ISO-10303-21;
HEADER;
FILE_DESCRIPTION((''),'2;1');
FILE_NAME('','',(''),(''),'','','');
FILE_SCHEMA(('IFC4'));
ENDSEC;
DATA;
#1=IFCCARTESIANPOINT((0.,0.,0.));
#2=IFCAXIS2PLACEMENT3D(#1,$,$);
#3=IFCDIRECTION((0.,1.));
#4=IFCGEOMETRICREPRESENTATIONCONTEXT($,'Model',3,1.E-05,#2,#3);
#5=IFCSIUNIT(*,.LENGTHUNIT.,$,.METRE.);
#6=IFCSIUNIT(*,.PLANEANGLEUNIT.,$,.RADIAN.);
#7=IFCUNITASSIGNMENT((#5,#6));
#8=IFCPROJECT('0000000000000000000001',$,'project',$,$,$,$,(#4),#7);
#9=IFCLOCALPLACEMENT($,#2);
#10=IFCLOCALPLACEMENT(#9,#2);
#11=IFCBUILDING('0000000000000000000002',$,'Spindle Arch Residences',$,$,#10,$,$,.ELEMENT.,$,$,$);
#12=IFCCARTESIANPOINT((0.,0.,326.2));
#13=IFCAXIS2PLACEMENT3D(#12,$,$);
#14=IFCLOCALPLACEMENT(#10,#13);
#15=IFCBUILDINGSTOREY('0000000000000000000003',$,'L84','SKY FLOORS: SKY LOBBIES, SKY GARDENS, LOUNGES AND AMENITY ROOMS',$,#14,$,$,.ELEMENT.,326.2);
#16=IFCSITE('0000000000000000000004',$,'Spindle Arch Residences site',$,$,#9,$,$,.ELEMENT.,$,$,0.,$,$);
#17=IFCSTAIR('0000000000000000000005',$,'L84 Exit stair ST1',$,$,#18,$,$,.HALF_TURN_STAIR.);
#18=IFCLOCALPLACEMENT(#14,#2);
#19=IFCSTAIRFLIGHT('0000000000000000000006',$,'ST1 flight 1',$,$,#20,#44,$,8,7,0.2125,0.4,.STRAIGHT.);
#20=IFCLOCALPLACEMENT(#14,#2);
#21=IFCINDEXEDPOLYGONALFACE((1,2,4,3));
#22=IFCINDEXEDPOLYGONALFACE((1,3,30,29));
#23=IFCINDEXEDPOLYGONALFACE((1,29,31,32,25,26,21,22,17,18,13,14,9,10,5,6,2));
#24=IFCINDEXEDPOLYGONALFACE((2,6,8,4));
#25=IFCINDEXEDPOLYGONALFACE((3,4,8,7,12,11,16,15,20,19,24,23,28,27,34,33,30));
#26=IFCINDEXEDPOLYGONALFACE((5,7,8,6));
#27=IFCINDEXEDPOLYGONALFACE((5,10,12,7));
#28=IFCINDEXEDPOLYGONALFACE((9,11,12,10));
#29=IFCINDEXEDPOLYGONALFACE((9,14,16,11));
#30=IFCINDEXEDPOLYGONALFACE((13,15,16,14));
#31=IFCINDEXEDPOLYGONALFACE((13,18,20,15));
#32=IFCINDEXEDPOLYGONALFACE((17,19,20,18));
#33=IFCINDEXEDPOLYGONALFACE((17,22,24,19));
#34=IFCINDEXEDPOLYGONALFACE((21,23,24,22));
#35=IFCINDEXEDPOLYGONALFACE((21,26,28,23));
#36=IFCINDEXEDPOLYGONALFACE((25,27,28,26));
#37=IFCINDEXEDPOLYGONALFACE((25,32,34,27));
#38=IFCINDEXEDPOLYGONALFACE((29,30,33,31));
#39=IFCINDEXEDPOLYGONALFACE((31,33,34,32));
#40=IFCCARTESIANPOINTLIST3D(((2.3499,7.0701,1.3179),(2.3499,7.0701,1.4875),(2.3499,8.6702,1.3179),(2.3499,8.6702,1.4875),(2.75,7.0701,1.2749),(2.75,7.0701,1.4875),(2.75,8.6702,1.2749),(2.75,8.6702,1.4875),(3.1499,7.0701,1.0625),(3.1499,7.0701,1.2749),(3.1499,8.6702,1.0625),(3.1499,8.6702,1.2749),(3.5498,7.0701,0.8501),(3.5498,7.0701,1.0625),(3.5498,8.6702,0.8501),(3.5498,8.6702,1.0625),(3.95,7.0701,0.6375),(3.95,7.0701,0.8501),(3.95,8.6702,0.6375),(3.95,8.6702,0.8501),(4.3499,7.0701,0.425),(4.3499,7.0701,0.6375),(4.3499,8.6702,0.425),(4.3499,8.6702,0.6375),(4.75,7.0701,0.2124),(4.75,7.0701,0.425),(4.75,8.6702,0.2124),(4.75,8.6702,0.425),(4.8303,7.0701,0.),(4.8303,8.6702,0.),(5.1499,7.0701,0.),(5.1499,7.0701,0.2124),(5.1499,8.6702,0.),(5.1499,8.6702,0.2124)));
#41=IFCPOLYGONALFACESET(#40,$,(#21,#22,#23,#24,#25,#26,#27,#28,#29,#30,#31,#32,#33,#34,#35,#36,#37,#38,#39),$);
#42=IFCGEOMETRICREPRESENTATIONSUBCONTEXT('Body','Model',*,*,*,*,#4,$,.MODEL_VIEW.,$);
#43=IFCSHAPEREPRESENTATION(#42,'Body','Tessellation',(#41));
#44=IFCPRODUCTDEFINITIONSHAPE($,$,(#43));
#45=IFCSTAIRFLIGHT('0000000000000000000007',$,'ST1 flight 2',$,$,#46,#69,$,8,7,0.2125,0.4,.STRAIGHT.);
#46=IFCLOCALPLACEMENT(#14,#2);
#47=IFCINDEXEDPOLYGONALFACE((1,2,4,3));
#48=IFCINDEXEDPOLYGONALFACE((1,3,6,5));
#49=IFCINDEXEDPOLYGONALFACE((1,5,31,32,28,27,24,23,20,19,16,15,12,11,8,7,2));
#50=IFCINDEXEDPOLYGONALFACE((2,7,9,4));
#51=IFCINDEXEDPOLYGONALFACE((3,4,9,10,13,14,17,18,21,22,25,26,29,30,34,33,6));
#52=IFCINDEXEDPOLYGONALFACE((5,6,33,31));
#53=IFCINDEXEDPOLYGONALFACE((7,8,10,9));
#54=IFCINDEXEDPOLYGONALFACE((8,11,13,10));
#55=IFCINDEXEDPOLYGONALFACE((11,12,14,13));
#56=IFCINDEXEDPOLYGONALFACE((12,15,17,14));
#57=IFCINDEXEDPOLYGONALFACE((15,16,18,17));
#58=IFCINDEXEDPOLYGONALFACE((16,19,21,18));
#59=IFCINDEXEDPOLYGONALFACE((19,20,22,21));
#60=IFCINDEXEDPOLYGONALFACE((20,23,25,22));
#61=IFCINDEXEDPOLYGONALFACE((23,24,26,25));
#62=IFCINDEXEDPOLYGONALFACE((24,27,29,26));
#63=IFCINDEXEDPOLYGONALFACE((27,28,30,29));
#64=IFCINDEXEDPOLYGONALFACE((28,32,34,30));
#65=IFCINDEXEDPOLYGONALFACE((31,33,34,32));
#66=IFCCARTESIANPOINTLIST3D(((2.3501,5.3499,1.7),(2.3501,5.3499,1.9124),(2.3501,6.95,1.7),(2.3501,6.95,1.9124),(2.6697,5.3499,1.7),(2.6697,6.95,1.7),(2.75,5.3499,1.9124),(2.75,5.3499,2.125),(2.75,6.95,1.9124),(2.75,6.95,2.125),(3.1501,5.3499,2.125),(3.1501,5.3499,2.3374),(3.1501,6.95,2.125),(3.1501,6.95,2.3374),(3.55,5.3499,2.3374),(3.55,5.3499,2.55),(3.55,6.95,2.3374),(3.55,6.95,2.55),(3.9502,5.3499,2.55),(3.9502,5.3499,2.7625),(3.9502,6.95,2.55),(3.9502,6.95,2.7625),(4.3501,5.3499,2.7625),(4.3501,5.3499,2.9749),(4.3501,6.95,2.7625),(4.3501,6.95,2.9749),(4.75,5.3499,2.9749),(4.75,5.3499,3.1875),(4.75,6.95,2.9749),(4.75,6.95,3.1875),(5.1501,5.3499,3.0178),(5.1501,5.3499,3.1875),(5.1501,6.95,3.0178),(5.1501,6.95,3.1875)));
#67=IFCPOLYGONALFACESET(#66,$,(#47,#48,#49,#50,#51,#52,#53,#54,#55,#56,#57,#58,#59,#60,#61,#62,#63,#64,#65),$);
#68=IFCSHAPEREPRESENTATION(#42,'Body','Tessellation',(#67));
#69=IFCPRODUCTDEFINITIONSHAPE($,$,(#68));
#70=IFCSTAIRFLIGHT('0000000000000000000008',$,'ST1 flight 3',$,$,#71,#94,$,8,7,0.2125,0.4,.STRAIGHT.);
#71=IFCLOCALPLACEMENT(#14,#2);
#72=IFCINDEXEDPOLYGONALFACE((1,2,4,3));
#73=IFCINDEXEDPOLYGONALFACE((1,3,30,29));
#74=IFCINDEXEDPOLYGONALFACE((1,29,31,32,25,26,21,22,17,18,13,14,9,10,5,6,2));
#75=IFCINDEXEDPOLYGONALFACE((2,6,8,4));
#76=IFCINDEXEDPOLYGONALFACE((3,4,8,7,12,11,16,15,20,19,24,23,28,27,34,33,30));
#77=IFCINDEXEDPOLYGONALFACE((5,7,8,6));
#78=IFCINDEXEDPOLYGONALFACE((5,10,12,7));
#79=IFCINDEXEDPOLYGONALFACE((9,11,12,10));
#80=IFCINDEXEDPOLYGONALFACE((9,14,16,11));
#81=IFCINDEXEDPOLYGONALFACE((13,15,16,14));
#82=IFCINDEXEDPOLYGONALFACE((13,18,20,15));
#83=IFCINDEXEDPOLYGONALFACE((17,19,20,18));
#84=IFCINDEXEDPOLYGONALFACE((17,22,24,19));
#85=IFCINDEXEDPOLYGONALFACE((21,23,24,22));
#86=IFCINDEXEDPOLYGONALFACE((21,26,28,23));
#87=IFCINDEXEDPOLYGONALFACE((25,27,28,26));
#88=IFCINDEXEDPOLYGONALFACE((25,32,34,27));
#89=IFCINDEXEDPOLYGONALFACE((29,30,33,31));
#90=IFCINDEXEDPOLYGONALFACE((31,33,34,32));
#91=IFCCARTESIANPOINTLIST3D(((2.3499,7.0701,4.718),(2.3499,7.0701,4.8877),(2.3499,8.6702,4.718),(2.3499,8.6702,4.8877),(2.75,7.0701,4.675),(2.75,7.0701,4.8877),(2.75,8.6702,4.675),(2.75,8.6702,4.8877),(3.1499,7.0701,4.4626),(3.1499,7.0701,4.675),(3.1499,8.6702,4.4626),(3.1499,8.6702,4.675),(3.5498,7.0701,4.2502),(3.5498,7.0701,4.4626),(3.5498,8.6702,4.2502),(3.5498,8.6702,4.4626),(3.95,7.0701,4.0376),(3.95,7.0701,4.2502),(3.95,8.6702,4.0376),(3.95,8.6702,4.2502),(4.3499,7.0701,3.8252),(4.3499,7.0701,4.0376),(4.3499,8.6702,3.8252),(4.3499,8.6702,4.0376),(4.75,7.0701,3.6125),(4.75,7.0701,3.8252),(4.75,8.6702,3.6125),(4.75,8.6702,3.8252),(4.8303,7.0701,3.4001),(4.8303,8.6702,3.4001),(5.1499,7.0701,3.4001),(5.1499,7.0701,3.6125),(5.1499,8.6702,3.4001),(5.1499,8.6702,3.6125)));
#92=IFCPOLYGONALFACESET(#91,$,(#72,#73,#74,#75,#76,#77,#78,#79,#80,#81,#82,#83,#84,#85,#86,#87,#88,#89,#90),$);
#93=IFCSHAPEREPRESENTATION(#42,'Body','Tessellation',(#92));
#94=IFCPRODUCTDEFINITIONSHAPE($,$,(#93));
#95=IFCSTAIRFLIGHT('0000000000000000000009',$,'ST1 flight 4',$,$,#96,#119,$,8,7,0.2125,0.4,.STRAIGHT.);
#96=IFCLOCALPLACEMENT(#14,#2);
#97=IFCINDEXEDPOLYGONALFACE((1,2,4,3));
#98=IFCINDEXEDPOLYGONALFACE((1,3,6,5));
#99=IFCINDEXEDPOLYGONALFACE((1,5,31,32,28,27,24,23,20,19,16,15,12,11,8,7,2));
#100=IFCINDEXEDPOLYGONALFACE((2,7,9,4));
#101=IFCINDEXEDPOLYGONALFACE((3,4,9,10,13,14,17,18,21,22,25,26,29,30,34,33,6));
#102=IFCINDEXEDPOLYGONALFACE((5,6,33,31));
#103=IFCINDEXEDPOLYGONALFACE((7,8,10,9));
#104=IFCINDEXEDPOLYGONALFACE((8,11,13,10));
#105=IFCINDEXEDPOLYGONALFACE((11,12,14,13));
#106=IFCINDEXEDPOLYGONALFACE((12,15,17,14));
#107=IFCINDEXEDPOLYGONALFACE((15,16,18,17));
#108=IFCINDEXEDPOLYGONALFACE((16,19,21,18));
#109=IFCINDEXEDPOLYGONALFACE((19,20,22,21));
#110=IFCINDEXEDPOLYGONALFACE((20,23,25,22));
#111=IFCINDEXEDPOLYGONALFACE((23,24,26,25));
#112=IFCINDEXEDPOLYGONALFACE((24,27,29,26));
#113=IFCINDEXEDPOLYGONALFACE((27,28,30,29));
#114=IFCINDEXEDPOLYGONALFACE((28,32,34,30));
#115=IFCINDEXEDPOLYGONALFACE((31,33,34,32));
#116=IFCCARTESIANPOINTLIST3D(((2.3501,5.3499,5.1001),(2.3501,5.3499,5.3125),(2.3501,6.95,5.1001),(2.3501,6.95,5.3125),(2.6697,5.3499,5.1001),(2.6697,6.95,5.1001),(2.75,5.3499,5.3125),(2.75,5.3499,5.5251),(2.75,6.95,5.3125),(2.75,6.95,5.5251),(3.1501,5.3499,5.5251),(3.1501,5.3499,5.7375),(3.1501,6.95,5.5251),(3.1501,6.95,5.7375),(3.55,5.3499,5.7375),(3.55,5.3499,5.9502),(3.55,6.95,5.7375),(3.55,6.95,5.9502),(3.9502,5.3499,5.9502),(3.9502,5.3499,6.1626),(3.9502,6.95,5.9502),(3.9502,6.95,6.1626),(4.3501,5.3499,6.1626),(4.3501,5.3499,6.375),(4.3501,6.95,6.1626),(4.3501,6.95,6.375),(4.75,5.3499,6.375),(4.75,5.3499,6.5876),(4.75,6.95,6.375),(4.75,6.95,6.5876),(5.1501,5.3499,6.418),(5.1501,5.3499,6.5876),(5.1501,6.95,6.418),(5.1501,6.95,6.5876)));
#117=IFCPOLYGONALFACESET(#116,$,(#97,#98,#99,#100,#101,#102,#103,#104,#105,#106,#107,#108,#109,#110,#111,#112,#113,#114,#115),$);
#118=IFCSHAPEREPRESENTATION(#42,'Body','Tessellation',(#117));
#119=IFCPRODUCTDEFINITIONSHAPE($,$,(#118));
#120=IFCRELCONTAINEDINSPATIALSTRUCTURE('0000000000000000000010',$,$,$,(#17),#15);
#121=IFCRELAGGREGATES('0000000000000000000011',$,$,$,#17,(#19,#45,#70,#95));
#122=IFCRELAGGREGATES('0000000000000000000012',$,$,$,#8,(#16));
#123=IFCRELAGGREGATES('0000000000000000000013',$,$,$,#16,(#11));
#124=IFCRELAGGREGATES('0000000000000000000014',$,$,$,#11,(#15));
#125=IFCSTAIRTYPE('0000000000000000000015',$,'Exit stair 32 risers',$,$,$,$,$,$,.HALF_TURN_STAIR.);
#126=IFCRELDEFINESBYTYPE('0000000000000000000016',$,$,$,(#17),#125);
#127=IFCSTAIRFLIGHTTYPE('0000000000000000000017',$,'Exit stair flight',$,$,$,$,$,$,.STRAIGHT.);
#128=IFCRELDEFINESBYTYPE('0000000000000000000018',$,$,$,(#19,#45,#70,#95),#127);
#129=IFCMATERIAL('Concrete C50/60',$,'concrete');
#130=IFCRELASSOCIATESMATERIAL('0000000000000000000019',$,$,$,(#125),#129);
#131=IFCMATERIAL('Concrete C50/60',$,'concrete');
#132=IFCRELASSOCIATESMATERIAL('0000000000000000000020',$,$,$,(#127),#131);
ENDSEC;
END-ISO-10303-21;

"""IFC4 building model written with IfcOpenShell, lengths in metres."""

from ifc_helpers import new_model, si_unit, direction, frame, origin, place, context, subcontext, project, spatial, polyline, outline, extrude, material, type_object, element, aggregate, save


model = new_model("IFC4")

# Units and contexts
model_context = context("Model", 3, precision=1e-05, world=origin(), true_north=direction((0.0, 1.0)))
body_context = subcontext(model_context, "Body", "Model", "MODEL_VIEW")
ifc_project = project(units=[si_unit("LENGTHUNIT", "METRE"), si_unit("PLANEANGLEUNIT", "RADIAN")], contexts=[model_context])

# Site, building, storey
site_placement = place(None, origin())
site = spatial("IfcSite", under=ifc_project, at=site_placement, Name="Spindle Arch Residences site", CompositionType="ELEMENT", RefElevation=0.0)
building_placement = place(site_placement, origin())
building = spatial("IfcBuilding", under=site, at=building_placement, Name="Spindle Arch Residences", CompositionType="ELEMENT")
storey_placement = place(building_placement, frame((0.0, 0.0, 326.2)))
storey = spatial("IfcBuildingStorey", under=building, at=storey_placement, Name="L84", Description="SKY FLOORS: SKY LOBBIES, SKY GARDENS, LOUNGES AND AMENITY ROOMS", CompositionType="ELEMENT", Elevation=326.2)

# Stair, stair flights
ifc_material_1 = material(Name="Concrete C50/60", Category="concrete")
stair_type = type_object("IfcStairType", Name="Exit stair 32 risers", PredefinedType="HALF_TURN_STAIR", material=ifc_material_1)
stair_placement = place(storey_placement, origin())
stair = element("IfcStair", 1, at=stair_placement, inside=storey, type_object=stair_type, Name="L84 Exit stair ST1", PredefinedType="HALF_TURN_STAIR")
ifc_material_2 = material(Name="Concrete C50/60", Category="concrete")
stair_flight_type = type_object("IfcStairFlightType", Name="Exit stair flight", PredefinedType="STRAIGHT", material=ifc_material_2)
stair_flight_1_placement = place(storey_placement, frame((5.1499, 7.8701, 0.0), z_axis=(0.0, 0.0, 1.0), x_axis=(-1.0, 0.0, 0.0)))
stair_flight_1 = element("IfcStairFlight", 2, at=stair_flight_1_placement, type_object=stair_flight_type, Name="ST1 flight 1", NumberOfRisers=8, NumberOfTreads=7, PredefinedType="STRAIGHT", RiserHeight=0.2125, TreadLength=0.4, context=body_context, shape_type="SweptSolid", body=[
    extrude(outline(polyline([(0.0, 0.0), (0.0, 0.2124), (0.3999, 0.2124), (0.3999, 0.425), (0.8, 0.425), (0.8, 0.6375), (1.2, 0.6375), (1.2, 0.8501), (1.6001, 0.8501), (1.6001, 1.0625), (2.0, 1.0625), (2.0, 1.2749), (2.3999, 1.2749), (2.3999, 1.4875), (2.8, 1.4875), (2.8, 1.7), (2.8, 1.3179), (0.3196, 0.0), (0.0, 0.0)])), frame((0.0, 0.8, 0.0), z_axis=(0.0, -1.0, 0.0), x_axis=(1.0, 0.0, 0.0)), (0.0, 0.0, 1.0), 1.6001),
])
stair_flight_2_placement = place(storey_placement, frame((2.3501, 6.1499, 1.7), z_axis=(0.0, 0.0, 1.0), x_axis=(1.0, 0.0, 0.0)))
stair_flight_2 = element("IfcStairFlight", 3, at=stair_flight_2_placement, type_object=stair_flight_type, Name="ST1 flight 2", NumberOfRisers=8, NumberOfTreads=7, PredefinedType="STRAIGHT", RiserHeight=0.2125, TreadLength=0.4, context=body_context, shape_type="SweptSolid", body=[
    extrude(outline(polyline([(0.0, 0.0), (0.0, 0.2124), (0.3999, 0.2124), (0.3999, 0.425), (0.8, 0.425), (0.8, 0.6375), (1.2, 0.6375), (1.2, 0.8501), (1.6001, 0.8501), (1.6001, 1.0625), (2.0, 1.0625), (2.0, 1.2749), (2.3999, 1.2749), (2.3999, 1.4875), (2.8, 1.4875), (2.8, 1.7), (2.8, 1.3179), (0.3196, 0.0), (0.0, 0.0)])), frame((0.0, 0.8, 0.0), z_axis=(0.0, -1.0, 0.0), x_axis=(1.0, 0.0, 0.0)), (0.0, 0.0, 1.0), 1.6001),
])
stair_flight_3_placement = place(storey_placement, frame((5.1499, 7.8701, 3.4001), z_axis=(0.0, 0.0, 1.0), x_axis=(-1.0, 0.0, 0.0)))
stair_flight_3 = element("IfcStairFlight", 4, at=stair_flight_3_placement, type_object=stair_flight_type, Name="ST1 flight 3", NumberOfRisers=8, NumberOfTreads=7, PredefinedType="STRAIGHT", RiserHeight=0.2125, TreadLength=0.4, context=body_context, shape_type="SweptSolid", body=[
    extrude(outline(polyline([(0.0, 0.0), (0.0, 0.2124), (0.3999, 0.2124), (0.3999, 0.425), (0.8, 0.425), (0.8, 0.6375), (1.2, 0.6375), (1.2, 0.8501), (1.6001, 0.8501), (1.6001, 1.0625), (2.0, 1.0625), (2.0, 1.2749), (2.3999, 1.2749), (2.3999, 1.4875), (2.8, 1.4875), (2.8, 1.7), (2.8, 1.3179), (0.3196, 0.0), (0.0, 0.0)])), frame((0.0, 0.8, 0.0), z_axis=(0.0, -1.0, 0.0), x_axis=(1.0, 0.0, 0.0)), (0.0, 0.0, 1.0), 1.6001),
])
stair_flight_4_placement = place(storey_placement, frame((2.3501, 6.1499, 5.1001), z_axis=(0.0, 0.0, 1.0), x_axis=(1.0, 0.0, 0.0)))
stair_flight_4 = element("IfcStairFlight", 5, at=stair_flight_4_placement, type_object=stair_flight_type, Name="ST1 flight 4", NumberOfRisers=8, NumberOfTreads=7, PredefinedType="STRAIGHT", RiserHeight=0.2125, TreadLength=0.4, context=body_context, shape_type="SweptSolid", body=[
    extrude(outline(polyline([(0.0, 0.0), (0.0, 0.2124), (0.3999, 0.2124), (0.3999, 0.425), (0.8, 0.425), (0.8, 0.6375), (1.2, 0.6375), (1.2, 0.8501), (1.6001, 0.8501), (1.6001, 1.0625), (2.0, 1.0625), (2.0, 1.2749), (2.3999, 1.2749), (2.3999, 1.4875), (2.8, 1.4875), (2.8, 1.7), (2.8, 1.3179), (0.3196, 0.0), (0.0, 0.0)])), frame((0.0, 0.8, 0.0), z_axis=(0.0, -1.0, 0.0), x_axis=(1.0, 0.0, 0.0)), (0.0, 0.0, 1.0), 1.6001),
])
aggregate(stair, [stair_flight_1, stair_flight_2, stair_flight_3, stair_flight_4])

save(model, "model.ifc")
